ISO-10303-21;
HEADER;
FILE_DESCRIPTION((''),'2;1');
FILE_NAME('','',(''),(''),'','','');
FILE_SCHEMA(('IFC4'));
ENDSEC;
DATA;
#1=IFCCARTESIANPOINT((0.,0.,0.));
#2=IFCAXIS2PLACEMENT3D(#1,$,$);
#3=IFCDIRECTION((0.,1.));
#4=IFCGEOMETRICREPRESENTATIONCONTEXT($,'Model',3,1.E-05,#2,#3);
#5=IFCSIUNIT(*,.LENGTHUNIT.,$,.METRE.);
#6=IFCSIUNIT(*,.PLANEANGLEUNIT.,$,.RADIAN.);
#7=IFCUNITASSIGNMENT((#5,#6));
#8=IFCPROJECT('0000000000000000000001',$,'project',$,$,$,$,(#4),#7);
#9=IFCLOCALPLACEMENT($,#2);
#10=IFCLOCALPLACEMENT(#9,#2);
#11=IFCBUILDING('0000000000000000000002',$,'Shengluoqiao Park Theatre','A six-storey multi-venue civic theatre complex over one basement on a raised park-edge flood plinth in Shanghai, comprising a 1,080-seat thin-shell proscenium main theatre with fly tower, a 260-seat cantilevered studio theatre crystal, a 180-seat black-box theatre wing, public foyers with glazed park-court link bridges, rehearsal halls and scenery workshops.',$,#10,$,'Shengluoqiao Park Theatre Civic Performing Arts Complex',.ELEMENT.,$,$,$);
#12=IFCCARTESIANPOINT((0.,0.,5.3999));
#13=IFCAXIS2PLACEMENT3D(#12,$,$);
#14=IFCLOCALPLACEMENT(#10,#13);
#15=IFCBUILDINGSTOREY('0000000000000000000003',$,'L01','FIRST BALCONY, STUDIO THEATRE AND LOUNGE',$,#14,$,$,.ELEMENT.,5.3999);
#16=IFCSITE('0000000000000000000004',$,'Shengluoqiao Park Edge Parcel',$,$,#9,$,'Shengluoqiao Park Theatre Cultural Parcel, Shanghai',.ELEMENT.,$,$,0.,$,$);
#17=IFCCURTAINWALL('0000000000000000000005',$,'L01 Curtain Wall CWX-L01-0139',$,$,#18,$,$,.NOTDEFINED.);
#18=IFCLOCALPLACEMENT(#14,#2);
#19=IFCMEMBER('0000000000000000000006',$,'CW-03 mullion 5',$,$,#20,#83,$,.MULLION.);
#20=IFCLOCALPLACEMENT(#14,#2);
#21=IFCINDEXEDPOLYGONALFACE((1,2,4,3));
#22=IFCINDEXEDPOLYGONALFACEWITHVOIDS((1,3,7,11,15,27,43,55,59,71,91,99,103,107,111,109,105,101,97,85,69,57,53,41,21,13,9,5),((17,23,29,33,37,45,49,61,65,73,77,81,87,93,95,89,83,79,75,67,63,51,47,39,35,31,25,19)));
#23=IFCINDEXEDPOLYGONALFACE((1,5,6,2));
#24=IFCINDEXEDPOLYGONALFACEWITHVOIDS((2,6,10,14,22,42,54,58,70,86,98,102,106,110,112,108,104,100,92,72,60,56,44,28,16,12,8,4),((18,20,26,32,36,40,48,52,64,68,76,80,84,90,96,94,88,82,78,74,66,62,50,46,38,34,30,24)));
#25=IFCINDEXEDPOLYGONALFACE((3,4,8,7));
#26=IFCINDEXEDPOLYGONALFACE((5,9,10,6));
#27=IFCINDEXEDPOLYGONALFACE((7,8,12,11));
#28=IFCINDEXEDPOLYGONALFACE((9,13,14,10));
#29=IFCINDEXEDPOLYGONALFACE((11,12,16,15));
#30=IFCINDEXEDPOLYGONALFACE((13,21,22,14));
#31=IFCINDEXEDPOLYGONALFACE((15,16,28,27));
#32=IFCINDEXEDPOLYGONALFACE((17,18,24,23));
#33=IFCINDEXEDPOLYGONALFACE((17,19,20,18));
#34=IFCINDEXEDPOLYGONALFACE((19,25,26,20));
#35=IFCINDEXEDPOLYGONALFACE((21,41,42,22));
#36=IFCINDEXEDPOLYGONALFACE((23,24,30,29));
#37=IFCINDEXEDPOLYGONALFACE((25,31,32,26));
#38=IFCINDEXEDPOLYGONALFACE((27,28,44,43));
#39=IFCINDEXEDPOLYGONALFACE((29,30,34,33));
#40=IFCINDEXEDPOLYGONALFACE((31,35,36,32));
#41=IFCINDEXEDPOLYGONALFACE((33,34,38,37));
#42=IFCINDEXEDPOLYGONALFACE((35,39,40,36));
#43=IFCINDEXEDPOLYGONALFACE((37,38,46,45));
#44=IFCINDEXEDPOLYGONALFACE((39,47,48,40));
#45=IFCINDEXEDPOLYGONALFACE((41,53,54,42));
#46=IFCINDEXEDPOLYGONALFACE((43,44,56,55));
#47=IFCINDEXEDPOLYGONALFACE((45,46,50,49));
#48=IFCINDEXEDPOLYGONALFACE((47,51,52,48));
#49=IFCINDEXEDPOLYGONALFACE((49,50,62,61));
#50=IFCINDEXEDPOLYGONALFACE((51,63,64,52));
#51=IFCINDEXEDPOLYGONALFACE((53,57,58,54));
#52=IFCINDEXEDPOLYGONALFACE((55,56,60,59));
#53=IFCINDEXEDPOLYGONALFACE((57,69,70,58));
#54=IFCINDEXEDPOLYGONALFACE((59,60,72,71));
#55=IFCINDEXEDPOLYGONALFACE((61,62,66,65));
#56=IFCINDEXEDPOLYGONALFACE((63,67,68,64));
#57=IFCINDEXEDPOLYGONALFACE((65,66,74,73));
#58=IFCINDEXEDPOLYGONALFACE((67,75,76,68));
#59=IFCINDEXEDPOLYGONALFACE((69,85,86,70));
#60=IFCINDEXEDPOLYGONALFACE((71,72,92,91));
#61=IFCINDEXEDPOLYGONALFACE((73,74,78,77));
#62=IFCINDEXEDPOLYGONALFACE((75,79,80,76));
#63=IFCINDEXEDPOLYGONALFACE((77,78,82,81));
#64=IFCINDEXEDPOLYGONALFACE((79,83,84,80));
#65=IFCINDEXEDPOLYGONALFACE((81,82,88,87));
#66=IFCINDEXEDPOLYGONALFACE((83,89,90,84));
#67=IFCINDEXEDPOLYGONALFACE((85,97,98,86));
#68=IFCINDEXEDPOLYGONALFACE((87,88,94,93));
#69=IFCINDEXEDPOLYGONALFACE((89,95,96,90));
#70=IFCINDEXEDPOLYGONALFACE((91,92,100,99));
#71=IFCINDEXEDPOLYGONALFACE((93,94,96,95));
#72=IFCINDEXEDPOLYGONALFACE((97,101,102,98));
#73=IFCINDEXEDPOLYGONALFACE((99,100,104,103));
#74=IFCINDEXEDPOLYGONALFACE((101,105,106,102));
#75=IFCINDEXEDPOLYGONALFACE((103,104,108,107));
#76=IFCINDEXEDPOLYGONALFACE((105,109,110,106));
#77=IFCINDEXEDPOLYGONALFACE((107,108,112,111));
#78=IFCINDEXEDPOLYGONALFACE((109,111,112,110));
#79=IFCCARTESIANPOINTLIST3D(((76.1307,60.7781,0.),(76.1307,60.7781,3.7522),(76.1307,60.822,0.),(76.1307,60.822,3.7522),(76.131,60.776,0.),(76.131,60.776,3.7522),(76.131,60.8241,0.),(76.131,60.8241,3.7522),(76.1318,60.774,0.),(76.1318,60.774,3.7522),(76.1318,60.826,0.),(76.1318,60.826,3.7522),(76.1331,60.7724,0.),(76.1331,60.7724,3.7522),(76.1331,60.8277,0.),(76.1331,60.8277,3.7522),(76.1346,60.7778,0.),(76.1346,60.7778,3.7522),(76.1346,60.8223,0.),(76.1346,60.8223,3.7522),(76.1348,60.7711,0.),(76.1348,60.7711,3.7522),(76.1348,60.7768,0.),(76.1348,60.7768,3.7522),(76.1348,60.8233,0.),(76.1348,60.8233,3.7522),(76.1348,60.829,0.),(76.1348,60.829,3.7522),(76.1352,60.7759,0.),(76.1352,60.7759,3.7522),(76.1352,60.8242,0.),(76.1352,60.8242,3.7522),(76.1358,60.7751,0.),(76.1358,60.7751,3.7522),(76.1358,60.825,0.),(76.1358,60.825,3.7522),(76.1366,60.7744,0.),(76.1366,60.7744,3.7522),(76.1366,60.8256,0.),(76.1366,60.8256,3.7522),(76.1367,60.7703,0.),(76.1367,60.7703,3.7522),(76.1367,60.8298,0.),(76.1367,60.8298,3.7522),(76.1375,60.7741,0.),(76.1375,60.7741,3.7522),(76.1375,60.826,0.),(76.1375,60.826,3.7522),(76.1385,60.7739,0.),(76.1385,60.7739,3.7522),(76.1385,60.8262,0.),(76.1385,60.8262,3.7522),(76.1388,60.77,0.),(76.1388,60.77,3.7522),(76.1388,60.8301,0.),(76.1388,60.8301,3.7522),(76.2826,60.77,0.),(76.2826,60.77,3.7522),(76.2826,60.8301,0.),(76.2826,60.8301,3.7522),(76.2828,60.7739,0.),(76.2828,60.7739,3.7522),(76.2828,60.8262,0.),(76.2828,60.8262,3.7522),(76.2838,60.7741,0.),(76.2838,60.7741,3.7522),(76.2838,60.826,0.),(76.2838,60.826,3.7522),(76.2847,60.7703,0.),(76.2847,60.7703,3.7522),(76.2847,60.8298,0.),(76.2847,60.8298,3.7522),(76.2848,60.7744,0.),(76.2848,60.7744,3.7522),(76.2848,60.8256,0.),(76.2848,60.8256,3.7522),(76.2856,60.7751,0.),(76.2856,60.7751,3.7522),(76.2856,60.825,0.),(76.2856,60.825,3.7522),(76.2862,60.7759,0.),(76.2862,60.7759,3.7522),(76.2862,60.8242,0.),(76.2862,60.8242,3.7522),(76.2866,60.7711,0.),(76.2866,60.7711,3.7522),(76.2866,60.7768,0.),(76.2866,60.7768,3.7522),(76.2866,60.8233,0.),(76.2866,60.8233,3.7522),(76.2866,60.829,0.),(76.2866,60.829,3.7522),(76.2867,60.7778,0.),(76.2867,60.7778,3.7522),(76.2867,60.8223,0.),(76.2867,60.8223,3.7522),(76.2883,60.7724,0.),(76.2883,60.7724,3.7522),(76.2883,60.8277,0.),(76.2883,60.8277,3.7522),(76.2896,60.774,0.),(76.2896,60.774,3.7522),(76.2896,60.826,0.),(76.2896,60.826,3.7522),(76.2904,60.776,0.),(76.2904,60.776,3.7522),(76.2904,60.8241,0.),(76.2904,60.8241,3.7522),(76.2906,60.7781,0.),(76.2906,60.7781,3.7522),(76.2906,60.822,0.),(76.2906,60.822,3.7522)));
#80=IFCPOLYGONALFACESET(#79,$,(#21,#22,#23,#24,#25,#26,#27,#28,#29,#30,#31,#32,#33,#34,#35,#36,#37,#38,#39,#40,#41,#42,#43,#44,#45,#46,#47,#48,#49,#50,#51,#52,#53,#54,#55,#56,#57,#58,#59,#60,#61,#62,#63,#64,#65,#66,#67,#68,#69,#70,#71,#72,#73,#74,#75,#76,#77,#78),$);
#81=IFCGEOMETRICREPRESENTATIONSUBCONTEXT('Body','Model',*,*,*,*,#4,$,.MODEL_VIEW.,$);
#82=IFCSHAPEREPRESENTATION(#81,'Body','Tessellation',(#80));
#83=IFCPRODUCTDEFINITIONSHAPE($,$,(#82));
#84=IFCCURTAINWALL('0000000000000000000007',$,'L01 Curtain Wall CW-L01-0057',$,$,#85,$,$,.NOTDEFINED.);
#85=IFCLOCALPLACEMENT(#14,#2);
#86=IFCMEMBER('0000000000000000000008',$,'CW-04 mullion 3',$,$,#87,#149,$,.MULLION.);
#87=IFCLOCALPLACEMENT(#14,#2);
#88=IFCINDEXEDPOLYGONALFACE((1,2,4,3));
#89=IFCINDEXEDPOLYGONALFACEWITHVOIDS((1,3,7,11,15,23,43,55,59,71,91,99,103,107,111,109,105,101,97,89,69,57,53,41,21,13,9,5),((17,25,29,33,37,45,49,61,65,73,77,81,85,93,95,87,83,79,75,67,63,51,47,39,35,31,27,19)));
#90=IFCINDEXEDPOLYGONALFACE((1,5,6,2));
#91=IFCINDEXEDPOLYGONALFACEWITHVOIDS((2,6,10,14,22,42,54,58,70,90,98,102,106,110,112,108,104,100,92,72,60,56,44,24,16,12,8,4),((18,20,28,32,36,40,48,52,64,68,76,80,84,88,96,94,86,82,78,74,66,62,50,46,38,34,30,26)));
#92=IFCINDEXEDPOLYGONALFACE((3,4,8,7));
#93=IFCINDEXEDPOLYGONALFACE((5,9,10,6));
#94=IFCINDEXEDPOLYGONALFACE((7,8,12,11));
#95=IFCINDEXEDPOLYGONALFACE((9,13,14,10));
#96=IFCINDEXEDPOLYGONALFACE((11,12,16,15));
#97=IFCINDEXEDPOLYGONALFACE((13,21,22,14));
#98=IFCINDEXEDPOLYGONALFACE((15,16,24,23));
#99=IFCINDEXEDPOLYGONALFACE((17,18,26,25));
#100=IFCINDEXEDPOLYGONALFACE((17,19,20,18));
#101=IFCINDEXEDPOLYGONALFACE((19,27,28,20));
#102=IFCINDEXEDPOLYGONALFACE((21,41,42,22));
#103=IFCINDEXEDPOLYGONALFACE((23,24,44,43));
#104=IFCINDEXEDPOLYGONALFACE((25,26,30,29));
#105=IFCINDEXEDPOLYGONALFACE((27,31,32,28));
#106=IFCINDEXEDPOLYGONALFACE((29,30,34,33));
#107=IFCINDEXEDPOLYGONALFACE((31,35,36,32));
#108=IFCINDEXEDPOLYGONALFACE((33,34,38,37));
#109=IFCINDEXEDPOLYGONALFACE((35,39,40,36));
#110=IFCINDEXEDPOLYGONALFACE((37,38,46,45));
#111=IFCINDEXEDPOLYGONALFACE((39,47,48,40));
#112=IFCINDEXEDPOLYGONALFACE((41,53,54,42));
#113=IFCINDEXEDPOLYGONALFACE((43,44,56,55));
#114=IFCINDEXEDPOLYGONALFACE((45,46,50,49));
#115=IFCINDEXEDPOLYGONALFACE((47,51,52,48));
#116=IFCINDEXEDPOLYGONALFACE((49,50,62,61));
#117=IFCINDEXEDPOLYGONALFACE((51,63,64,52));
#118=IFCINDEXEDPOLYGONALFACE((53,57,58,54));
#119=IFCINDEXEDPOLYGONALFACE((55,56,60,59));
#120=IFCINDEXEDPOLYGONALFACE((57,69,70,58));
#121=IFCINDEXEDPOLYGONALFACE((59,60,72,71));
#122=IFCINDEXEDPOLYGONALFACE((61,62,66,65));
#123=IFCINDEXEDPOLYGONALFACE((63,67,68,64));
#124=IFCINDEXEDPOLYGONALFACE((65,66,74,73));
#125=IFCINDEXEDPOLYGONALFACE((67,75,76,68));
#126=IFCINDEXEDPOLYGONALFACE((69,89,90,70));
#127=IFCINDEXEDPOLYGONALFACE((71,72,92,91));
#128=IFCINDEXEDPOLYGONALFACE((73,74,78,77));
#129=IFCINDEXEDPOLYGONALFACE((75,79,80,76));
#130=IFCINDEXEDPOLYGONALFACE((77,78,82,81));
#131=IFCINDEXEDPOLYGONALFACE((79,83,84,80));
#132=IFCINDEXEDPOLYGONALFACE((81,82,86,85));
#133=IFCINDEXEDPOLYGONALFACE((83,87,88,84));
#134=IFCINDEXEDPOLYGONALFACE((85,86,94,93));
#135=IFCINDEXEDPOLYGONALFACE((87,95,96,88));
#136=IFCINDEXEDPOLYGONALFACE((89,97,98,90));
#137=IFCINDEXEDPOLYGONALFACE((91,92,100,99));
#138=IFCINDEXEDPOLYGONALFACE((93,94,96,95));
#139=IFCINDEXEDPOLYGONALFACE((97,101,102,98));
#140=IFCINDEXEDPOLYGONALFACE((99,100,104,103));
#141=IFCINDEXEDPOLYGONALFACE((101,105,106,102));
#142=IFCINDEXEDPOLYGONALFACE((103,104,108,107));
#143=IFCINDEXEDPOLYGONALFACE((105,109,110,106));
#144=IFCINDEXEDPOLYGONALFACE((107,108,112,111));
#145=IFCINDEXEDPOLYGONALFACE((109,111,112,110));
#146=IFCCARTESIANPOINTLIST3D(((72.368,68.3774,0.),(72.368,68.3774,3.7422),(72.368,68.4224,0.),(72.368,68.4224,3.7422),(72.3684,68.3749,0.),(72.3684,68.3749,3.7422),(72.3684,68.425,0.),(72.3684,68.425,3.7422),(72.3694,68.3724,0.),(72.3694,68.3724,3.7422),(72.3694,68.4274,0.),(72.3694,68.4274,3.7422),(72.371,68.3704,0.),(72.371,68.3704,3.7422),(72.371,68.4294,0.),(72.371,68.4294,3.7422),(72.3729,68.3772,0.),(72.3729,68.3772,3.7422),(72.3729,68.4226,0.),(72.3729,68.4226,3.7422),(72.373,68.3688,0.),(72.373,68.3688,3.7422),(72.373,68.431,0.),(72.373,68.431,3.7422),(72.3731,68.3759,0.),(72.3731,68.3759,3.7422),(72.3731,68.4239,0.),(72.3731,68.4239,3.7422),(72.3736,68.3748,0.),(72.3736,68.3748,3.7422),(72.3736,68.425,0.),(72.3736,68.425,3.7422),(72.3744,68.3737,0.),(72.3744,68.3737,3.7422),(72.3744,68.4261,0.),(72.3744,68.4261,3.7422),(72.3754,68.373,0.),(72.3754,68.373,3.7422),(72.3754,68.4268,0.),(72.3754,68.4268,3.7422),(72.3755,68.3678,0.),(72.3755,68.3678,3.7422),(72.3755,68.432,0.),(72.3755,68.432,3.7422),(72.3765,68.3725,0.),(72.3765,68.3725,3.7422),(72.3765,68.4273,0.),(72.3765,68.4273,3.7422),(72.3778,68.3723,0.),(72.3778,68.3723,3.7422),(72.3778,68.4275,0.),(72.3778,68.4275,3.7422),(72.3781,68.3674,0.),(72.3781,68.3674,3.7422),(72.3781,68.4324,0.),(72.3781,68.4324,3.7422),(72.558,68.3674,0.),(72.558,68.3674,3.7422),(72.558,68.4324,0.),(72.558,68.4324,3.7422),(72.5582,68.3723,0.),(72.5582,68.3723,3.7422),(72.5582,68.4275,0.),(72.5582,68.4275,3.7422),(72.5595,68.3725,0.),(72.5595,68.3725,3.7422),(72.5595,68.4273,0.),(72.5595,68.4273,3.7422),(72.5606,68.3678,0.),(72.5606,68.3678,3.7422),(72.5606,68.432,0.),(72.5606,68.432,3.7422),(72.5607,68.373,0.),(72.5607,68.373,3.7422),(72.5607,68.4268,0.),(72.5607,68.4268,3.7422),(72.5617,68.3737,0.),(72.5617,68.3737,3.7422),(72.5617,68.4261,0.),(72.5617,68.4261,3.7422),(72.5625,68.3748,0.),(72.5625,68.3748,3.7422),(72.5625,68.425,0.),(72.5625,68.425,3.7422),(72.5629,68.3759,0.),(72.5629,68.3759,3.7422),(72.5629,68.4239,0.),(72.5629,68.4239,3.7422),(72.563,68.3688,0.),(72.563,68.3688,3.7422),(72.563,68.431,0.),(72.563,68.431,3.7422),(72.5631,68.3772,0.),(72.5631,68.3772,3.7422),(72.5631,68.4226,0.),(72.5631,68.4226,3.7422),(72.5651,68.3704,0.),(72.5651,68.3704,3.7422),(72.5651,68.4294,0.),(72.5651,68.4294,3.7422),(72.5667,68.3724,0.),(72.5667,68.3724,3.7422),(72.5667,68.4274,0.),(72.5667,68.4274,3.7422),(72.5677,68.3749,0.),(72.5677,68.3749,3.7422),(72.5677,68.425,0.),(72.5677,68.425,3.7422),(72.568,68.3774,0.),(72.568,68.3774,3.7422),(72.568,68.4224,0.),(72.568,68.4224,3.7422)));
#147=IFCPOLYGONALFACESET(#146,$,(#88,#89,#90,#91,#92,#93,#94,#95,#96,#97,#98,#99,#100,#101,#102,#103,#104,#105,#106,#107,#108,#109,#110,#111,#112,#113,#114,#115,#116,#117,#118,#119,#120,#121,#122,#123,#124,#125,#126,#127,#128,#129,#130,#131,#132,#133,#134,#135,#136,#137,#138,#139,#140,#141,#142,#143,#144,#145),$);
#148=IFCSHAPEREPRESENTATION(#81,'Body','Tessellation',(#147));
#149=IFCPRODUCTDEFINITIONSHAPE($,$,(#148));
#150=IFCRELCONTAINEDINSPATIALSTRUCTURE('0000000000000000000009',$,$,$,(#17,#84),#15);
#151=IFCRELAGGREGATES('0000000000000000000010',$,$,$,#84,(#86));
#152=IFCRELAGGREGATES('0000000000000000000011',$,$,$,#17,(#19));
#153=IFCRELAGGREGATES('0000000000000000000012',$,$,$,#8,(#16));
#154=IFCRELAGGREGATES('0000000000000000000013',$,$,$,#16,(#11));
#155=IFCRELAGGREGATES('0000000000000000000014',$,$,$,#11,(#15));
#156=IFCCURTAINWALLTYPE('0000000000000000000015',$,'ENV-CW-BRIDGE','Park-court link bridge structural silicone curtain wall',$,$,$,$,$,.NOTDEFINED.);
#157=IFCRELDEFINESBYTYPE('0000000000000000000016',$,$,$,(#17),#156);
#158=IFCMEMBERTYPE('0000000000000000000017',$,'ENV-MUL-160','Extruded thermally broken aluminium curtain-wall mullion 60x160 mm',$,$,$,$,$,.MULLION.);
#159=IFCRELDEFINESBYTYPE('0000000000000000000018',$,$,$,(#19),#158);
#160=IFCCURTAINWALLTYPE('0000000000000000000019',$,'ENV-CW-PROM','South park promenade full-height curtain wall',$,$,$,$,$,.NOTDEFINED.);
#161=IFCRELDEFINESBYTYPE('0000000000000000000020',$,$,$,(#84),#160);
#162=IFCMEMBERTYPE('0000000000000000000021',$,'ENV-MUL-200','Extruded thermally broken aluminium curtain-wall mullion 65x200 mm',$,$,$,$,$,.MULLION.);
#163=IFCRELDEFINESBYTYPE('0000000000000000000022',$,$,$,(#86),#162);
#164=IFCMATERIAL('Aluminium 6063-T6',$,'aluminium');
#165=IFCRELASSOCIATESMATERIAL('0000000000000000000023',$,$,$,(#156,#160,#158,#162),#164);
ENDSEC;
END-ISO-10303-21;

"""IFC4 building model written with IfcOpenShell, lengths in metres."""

from ifc_helpers import new_model, si_unit, direction, frame, origin, origin_2d, place, context, subcontext, project, spatial, hollow_rectangle, extrude, material, material_profile, profile_set, type_object, element, aggregate, save


model = new_model("IFC4")

# Units and contexts
model_context = context("Model", 3, precision=1e-05, world=origin(), true_north=direction((0.0, 1.0)))
body_context = subcontext(model_context, "Body", "Model", "MODEL_VIEW")
ifc_project = project(units=[si_unit("LENGTHUNIT", "METRE"), si_unit("PLANEANGLEUNIT", "RADIAN")], contexts=[model_context])

# Site, building, storey
site_placement = place(None, origin())
site = spatial("IfcSite", under=ifc_project, at=site_placement, Name="Shengluoqiao Park Edge Parcel", LongName="Shengluoqiao Park Theatre Cultural Parcel, Shanghai", CompositionType="ELEMENT", RefElevation=0.0)
building_placement = place(site_placement, origin())
building = spatial("IfcBuilding", under=site, at=building_placement, Name="Shengluoqiao Park Theatre", Description="A six-storey multi-venue civic theatre complex over one basement on a raised park-edge flood plinth in Shanghai, comprising a 1,080-seat thin-shell proscenium main theatre with fly tower, a 260-seat cantilevered studio theatre crystal, a 180-seat black-box theatre wing, public foyers with glazed park-court link bridges, rehearsal halls and scenery workshops.", LongName="Shengluoqiao Park Theatre Civic Performing Arts Complex", CompositionType="ELEMENT")
storey_placement = place(building_placement, frame((0.0, 0.0, 5.3999)))
storey = spatial("IfcBuildingStorey", under=building, at=storey_placement, Name="L01", Description="FIRST BALCONY, STUDIO THEATRE AND LOUNGE", CompositionType="ELEMENT", Elevation=5.3999)

# Curtain walls, members
ifc_material_1 = material(Name="Aluminium 6063-T6", Category="aluminium")
curtain_wall_type_1 = type_object("IfcCurtainWallType", Name="ENV-CW-BRIDGE", Description="Park-court link bridge structural silicone curtain wall", PredefinedType="NOTDEFINED", material=ifc_material_1)
curtain_wall_1_placement = place(storey_placement, origin())
curtain_wall_1 = element("IfcCurtainWall", 1, at=curtain_wall_1_placement, inside=storey, type_object=curtain_wall_type_1, Name="L01 Curtain Wall CWX-L01-0139", PredefinedType="NOTDEFINED")
ifc_material_profile_1 = material_profile(ifc_material_1, hollow_rectangle(XDim=0.0601, YDim=0.1599, WallThickness=0.0039, InnerFilletRadius=0.0039, OuterFilletRadius=0.0081, at=origin_2d()), Name="ALU MULLION 160x60x4")
ifc_profile_set_1 = profile_set([ifc_material_profile_1], Name="Aluminium 6063-T6")
member_type_1 = type_object("IfcMemberType", Name="ENV-MUL-160", Description="Extruded thermally broken aluminium curtain-wall mullion 60x160 mm", PredefinedType="MULLION", material=ifc_profile_set_1)
member_1_placement = place(storey_placement, frame((76.2107, 60.8, 0.0), z_axis=(0.0, 0.0, 1.0), x_axis=(0.0, 1.0, 0.0)))
member_1 = element("IfcMember", 2, at=member_1_placement, type_object=member_type_1, Name="CW-03 mullion 5", PredefinedType="MULLION", context=body_context, shape_type="SweptSolid", body=[
    extrude(hollow_rectangle(XDim=0.0601, YDim=0.1599, WallThickness=0.0039, InnerFilletRadius=0.0039, OuterFilletRadius=0.0081, at=origin_2d()), origin(), (0.0, 0.0, 1.0), 3.7522),
])
curtain_wall_type_2 = type_object("IfcCurtainWallType", Name="ENV-CW-PROM", Description="South park promenade full-height curtain wall", PredefinedType="NOTDEFINED", material=ifc_material_1)
curtain_wall_2_placement = place(storey_placement, origin())
curtain_wall_2 = element("IfcCurtainWall", 3, at=curtain_wall_2_placement, inside=storey, type_object=curtain_wall_type_2, Name="L01 Curtain Wall CW-L01-0057", PredefinedType="NOTDEFINED")
ifc_material_profile_2 = material_profile(ifc_material_1, hollow_rectangle(XDim=0.0649, YDim=0.2, WallThickness=0.0049, InnerFilletRadius=0.0049, OuterFilletRadius=0.01, at=origin_2d()), Name="ALU MULLION 200x65x5")
ifc_profile_set_2 = profile_set([ifc_material_profile_2], Name="Aluminium 6063-T6")
member_type_2 = type_object("IfcMemberType", Name="ENV-MUL-200", Description="Extruded thermally broken aluminium curtain-wall mullion 65x200 mm", PredefinedType="MULLION", material=ifc_profile_set_2)
member_2_placement = place(storey_placement, frame((72.468, 68.3999, 0.0), z_axis=(0.0, 0.0, 1.0), x_axis=(0.0, 1.0, 0.0)))
member_2 = element("IfcMember", 4, at=member_2_placement, type_object=member_type_2, Name="CW-04 mullion 3", PredefinedType="MULLION", context=body_context, shape_type="SweptSolid", body=[
    extrude(hollow_rectangle(XDim=0.0649, YDim=0.2, WallThickness=0.0049, InnerFilletRadius=0.0049, OuterFilletRadius=0.01, at=origin_2d()), origin(), (0.0, 0.0, 1.0), 3.7422),
])

aggregate(curtain_wall_2, [member_2])
aggregate(curtain_wall_1, [member_1])

save(model, "model.ifc")
